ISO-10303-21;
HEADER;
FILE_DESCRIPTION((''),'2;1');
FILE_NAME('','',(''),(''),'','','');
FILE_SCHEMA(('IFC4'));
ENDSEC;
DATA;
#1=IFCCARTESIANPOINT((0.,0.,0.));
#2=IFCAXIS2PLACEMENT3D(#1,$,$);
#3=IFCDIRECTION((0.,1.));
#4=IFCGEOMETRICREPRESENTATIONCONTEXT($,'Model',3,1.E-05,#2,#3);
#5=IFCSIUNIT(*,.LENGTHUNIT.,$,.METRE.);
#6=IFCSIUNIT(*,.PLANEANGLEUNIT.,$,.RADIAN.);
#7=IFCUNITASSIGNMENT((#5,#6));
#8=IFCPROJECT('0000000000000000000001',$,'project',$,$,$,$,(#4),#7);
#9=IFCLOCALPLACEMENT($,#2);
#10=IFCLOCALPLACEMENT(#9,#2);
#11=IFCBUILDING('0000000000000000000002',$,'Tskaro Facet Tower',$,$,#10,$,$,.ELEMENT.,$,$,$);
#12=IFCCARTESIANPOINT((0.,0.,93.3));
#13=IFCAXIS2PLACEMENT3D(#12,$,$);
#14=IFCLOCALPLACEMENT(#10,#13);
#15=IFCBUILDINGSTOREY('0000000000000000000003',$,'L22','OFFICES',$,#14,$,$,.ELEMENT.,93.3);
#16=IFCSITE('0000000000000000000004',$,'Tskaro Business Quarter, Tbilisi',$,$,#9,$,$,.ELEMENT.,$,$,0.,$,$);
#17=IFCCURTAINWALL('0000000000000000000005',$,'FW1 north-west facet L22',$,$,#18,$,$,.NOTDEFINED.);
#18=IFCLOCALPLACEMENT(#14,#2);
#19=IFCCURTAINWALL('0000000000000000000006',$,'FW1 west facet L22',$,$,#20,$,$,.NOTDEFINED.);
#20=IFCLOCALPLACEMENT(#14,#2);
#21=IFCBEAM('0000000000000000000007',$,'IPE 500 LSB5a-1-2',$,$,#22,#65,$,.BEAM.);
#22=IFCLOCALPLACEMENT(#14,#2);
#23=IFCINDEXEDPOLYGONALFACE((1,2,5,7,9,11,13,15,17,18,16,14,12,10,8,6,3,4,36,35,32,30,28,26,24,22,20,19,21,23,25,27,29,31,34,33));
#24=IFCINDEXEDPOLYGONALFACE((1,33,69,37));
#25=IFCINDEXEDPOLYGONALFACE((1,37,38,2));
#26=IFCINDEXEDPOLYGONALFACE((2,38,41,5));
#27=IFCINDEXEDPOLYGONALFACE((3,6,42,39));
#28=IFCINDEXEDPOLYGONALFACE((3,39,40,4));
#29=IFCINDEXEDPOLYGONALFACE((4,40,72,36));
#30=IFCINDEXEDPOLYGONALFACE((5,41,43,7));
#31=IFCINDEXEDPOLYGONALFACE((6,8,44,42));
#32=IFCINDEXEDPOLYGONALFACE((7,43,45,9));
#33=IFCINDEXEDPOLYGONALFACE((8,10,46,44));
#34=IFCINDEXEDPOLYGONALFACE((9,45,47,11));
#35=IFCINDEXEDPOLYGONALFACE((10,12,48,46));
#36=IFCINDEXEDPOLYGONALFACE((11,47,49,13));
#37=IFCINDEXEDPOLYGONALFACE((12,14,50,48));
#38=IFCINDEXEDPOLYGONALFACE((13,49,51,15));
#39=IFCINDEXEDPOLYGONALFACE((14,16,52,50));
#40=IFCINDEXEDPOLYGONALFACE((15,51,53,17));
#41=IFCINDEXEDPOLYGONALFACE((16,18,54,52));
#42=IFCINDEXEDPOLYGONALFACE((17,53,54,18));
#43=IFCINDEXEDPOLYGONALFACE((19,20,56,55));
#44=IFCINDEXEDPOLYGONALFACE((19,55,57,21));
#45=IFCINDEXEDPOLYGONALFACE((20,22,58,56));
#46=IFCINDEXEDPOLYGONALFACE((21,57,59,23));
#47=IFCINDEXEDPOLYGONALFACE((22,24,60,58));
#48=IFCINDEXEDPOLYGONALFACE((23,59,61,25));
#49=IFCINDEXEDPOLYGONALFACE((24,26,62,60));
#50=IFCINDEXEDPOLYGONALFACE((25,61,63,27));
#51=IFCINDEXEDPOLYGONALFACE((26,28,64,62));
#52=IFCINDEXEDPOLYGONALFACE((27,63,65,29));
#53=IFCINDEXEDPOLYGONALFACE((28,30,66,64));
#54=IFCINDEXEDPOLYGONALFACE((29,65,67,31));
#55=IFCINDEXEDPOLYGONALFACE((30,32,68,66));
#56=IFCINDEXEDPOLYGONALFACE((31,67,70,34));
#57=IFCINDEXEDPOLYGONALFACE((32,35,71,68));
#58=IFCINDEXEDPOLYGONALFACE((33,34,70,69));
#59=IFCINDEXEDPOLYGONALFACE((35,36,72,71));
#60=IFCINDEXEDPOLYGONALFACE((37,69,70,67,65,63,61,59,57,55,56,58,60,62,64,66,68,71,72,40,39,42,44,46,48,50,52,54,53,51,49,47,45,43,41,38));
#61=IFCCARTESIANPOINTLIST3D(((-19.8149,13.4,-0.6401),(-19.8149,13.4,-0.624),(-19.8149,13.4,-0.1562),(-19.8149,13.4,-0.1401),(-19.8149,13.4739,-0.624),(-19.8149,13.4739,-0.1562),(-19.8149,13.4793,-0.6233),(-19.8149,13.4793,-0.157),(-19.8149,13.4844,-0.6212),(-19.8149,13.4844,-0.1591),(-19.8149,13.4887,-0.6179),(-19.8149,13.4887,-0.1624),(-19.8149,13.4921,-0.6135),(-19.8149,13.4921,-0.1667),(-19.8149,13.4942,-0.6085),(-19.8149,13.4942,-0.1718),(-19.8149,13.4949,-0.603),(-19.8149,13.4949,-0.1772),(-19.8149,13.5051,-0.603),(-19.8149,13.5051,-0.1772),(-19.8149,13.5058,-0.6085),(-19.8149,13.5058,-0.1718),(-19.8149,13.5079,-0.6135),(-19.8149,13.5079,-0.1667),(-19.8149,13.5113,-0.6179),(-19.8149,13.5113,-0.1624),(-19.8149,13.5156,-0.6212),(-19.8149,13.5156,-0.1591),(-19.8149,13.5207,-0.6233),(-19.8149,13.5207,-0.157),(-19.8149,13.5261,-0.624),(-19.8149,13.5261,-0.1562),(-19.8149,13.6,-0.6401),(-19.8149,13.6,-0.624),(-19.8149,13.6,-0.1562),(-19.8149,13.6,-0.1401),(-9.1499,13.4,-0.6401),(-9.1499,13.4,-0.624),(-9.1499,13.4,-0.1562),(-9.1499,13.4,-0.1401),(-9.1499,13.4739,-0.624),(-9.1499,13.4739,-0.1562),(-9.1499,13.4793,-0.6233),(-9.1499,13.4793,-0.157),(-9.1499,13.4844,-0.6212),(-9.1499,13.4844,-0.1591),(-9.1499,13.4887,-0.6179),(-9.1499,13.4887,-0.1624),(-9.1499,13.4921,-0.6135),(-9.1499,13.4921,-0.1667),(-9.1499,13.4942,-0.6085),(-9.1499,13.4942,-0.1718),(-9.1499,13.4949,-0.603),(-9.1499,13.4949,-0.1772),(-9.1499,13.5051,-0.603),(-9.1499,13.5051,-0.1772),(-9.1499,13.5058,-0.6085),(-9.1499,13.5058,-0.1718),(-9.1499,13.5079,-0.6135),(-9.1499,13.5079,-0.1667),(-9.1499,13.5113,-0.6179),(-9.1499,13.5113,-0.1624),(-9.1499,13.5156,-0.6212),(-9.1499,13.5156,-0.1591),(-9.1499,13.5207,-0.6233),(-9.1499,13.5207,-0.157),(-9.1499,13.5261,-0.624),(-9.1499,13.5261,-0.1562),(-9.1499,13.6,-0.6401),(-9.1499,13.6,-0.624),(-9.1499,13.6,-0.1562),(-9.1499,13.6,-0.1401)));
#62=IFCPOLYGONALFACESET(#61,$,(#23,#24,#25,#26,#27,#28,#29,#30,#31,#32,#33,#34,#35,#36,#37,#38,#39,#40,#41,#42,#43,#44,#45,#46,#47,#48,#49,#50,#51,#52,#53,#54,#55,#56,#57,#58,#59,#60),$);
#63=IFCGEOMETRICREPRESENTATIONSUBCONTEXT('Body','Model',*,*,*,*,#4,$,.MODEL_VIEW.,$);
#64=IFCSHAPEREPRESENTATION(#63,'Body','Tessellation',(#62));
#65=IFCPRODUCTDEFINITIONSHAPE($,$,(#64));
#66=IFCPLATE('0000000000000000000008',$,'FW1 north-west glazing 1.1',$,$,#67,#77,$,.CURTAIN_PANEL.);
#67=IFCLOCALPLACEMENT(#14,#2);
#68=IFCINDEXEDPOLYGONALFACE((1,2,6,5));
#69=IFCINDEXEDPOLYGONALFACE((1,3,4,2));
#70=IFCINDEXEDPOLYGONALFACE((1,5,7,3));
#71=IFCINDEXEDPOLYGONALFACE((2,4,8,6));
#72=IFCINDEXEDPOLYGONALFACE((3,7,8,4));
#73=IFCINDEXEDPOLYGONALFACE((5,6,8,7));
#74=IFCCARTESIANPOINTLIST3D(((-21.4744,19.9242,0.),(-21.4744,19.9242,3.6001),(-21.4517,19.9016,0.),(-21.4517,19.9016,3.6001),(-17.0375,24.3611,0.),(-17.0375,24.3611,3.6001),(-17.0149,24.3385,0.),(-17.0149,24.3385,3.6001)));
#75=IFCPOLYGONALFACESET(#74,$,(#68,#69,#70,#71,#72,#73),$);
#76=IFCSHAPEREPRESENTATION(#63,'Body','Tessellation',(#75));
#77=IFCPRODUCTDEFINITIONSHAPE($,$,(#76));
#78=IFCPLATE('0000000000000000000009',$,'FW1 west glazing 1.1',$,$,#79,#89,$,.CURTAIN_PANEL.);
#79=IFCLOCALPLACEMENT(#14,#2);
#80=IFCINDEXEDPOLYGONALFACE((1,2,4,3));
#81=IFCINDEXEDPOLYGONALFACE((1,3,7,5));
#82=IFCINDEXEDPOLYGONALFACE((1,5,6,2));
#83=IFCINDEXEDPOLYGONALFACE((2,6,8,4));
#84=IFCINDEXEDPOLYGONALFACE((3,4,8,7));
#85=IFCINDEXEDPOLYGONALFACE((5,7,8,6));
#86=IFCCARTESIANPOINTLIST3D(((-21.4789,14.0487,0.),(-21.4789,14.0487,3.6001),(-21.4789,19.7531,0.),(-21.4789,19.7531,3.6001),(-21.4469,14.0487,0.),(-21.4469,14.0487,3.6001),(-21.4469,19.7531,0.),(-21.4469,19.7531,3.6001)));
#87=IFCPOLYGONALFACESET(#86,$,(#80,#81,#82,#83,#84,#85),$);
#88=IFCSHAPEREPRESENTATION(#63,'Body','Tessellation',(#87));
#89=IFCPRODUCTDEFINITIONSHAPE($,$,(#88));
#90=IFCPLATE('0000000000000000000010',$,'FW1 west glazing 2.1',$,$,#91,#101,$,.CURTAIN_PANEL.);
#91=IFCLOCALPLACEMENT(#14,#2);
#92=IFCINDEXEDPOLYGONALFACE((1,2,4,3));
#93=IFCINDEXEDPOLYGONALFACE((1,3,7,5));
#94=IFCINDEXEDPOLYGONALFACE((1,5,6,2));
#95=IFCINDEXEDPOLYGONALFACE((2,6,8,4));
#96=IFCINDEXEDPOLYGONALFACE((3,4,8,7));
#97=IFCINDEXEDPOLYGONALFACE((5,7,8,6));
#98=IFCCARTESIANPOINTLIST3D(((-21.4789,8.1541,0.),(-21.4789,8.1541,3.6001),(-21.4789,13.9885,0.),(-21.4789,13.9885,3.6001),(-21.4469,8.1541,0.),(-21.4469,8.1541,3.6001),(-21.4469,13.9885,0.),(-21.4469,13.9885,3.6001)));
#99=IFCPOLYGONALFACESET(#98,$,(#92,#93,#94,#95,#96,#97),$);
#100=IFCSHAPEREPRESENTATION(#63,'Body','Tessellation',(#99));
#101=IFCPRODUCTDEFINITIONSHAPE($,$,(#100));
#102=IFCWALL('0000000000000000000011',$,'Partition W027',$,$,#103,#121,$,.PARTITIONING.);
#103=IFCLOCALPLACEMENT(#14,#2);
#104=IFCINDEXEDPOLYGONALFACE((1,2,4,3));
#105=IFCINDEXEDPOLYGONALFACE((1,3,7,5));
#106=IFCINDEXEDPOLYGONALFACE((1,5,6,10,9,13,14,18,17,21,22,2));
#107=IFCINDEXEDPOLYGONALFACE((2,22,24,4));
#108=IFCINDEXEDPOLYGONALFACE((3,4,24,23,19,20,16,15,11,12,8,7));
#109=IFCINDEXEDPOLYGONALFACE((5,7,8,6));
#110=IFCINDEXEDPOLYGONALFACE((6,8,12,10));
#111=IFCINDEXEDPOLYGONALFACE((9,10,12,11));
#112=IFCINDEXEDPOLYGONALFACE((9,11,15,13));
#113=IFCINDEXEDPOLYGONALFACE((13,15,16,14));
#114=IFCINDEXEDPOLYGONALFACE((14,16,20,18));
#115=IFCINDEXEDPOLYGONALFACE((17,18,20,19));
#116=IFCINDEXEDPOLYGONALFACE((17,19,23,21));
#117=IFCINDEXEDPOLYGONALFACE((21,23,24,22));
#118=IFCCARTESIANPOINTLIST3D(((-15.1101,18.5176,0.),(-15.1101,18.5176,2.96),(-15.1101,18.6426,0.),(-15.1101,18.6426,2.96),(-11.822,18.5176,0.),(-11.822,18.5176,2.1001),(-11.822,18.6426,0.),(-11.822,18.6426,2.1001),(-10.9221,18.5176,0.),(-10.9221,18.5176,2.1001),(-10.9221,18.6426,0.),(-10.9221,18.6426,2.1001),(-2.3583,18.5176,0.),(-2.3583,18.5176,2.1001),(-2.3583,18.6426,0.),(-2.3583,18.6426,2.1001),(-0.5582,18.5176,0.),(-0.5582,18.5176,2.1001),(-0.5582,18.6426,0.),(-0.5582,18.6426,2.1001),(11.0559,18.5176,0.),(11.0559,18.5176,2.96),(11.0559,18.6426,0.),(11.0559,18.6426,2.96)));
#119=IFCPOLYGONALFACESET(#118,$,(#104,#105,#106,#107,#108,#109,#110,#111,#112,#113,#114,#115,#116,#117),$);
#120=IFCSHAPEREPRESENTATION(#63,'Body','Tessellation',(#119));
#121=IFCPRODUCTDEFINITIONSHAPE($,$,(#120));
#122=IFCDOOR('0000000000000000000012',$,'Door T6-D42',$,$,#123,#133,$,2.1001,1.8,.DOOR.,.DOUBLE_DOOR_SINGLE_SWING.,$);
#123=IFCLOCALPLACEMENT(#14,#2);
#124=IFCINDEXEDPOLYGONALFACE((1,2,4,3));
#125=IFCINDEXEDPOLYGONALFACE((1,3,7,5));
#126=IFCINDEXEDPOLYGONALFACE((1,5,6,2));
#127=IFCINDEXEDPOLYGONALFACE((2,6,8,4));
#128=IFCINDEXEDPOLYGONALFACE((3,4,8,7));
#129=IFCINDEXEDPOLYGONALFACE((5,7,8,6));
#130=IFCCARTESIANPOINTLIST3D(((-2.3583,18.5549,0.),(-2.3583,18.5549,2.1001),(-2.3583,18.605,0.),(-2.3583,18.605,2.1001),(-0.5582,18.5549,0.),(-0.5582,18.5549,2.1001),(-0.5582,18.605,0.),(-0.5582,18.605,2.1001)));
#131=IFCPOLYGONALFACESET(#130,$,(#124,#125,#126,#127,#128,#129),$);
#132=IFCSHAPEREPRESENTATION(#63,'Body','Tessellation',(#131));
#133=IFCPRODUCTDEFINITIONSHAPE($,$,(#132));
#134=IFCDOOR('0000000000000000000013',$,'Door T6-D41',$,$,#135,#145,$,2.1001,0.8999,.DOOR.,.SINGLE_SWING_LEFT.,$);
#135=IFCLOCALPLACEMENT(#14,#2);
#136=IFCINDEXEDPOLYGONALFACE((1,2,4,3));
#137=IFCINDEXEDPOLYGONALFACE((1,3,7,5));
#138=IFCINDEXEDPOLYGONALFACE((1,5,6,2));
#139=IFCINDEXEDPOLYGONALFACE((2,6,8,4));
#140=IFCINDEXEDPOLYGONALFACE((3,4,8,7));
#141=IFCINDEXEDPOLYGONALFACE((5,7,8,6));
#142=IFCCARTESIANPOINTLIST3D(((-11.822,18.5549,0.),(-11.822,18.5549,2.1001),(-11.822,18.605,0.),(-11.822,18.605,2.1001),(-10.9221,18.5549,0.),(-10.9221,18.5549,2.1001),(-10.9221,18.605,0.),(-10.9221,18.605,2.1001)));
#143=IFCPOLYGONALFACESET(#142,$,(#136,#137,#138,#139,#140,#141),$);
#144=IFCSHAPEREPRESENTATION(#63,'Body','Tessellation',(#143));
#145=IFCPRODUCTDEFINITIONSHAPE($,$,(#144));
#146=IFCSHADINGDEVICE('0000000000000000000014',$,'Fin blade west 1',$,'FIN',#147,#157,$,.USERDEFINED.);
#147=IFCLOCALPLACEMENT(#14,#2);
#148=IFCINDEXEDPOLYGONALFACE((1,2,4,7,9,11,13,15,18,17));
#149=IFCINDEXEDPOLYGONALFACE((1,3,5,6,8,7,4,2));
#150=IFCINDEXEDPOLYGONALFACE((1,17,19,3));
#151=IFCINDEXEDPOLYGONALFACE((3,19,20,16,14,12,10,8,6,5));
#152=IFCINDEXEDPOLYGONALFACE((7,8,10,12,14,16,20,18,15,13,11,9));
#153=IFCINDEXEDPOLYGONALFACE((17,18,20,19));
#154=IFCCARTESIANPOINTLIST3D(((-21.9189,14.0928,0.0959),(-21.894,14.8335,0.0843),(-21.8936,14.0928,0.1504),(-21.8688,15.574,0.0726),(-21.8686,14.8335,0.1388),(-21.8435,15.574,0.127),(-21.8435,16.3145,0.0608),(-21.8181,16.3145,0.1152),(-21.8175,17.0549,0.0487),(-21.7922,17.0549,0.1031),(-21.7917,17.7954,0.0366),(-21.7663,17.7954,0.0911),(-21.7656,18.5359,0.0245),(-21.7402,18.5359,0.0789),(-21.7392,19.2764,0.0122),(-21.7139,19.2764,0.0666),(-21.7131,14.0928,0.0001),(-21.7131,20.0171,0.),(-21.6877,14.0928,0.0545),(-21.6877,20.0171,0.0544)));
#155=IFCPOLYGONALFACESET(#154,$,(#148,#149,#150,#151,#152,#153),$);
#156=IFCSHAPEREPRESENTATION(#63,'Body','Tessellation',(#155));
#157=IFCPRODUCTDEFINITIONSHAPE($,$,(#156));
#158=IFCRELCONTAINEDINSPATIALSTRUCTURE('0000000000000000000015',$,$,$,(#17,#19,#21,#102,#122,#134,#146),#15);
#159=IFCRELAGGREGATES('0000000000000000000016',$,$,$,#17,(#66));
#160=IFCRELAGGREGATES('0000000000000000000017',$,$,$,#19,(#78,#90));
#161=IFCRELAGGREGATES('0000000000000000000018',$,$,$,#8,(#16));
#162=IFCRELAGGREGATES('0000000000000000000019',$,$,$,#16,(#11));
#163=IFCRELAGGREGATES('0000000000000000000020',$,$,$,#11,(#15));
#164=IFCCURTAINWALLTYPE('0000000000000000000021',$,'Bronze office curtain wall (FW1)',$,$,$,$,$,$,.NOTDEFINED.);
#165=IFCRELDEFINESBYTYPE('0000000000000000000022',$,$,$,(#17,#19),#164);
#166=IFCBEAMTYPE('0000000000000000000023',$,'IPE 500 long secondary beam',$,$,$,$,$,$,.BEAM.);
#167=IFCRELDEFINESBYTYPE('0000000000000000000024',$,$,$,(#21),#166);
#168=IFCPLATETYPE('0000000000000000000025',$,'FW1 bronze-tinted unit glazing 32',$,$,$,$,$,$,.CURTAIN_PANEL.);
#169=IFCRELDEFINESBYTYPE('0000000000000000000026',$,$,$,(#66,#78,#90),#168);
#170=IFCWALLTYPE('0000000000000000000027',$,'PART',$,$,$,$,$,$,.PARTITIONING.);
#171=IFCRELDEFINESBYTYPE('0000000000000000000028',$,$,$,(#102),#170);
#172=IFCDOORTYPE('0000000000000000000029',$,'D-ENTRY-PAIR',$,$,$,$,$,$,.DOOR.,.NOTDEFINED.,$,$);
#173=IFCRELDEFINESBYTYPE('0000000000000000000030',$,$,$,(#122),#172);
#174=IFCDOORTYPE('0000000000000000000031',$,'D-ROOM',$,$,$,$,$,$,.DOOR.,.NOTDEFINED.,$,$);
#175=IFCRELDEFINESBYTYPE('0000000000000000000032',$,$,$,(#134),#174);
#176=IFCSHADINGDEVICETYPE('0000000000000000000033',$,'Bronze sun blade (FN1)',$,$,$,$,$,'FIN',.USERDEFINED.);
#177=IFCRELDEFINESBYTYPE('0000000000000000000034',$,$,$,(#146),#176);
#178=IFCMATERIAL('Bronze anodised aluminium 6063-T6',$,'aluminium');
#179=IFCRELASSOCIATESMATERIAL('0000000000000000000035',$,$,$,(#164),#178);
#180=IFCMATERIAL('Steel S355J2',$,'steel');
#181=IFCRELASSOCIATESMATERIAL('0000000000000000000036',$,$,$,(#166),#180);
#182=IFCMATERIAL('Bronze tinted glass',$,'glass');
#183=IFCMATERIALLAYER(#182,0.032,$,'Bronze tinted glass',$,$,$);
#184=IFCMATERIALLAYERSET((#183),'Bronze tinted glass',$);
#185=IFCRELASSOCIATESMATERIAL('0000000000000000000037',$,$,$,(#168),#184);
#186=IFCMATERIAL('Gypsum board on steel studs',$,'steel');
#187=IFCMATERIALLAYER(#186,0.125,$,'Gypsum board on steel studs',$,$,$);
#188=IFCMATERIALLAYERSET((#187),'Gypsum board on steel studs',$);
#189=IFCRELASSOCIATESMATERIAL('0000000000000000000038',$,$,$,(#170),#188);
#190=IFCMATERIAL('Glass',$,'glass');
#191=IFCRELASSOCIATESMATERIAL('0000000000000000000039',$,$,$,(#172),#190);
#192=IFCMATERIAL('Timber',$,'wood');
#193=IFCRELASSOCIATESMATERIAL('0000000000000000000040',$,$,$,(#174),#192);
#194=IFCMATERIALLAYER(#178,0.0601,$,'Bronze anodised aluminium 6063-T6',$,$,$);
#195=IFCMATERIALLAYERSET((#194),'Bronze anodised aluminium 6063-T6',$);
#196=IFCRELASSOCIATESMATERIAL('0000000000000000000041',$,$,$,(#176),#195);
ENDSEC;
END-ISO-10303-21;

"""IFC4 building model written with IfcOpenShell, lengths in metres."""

from ifc_helpers import new_model, si_unit, direction, frame, frame_2d, origin, origin_2d, place, context, subcontext, project, spatial, polyline, rectangle, i_section, outline, extrude, material, layer, layer_set, material_profile, profile_set, type_object, element, fill, aggregate, save


model = new_model("IFC4")

# Units and contexts
model_context = context("Model", 3, precision=1e-05, world=origin(), true_north=direction((0.0, 1.0)))
body_context = subcontext(model_context, "Body", "Model", "MODEL_VIEW")
ifc_project = project(units=[si_unit("LENGTHUNIT", "METRE"), si_unit("PLANEANGLEUNIT", "RADIAN")], contexts=[model_context])

# Site, building, storey
site_placement = place(None, origin())
site = spatial("IfcSite", under=ifc_project, at=site_placement, Name="Tskaro Business Quarter, Tbilisi", CompositionType="ELEMENT", RefElevation=0.0)
building_placement = place(site_placement, origin())
building = spatial("IfcBuilding", under=site, at=building_placement, Name="Tskaro Facet Tower", CompositionType="ELEMENT")
storey_placement = place(building_placement, frame((0.0, 0.0, 93.3)))
storey = spatial("IfcBuildingStorey", under=building, at=storey_placement, Name="L22", Description="OFFICES", CompositionType="ELEMENT", Elevation=93.3)

# Curtain wall
ifc_material_1 = material(Name="Bronze anodised aluminium 6063-T6", Category="aluminium")
curtain_wall_type = type_object("IfcCurtainWallType", Name="Bronze office curtain wall (FW1)", PredefinedType="NOTDEFINED", material=ifc_material_1)
curtain_wall_1_placement = place(storey_placement, origin())
curtain_wall_1 = element("IfcCurtainWall", 1, at=curtain_wall_1_placement, inside=storey, type_object=curtain_wall_type, Name="FW1 north-west facet L22", PredefinedType="NOTDEFINED")

# Curtain wall
curtain_wall_2_placement = place(storey_placement, origin())
curtain_wall_2 = element("IfcCurtainWall", 2, at=curtain_wall_2_placement, inside=storey, type_object=curtain_wall_type, Name="FW1 west facet L22", PredefinedType="NOTDEFINED")

# Beam
ifc_material_2 = material(Name="Steel S355J2", Category="steel")
ifc_material_profile_1 = material_profile(ifc_material_2, i_section(OverallWidth=0.2, OverallDepth=0.5, WebThickness=0.0103, FlangeThickness=0.0161, FilletRadius=0.021, at=origin_2d()), Name="IPE 500")
ifc_profile_set_1 = profile_set([ifc_material_profile_1], Name="Steel S355J2")
beam_type_1 = type_object("IfcBeamType", Name="IPE 500 long secondary beam", PredefinedType="BEAM", material=ifc_profile_set_1)
beam_1_placement = place(storey_placement, frame((-19.8149, 13.5, -0.3901), z_axis=(1.0, 0.0, 0.0), x_axis=(0.0, 1.0, 0.0)))
element("IfcBeam", 3, at=beam_1_placement, inside=storey, type_object=beam_type_1, Name="IPE 500 LSB5a-1-2", PredefinedType="BEAM", context=body_context, shape_type="SweptSolid", body=[
    extrude(i_section(OverallWidth=0.2, OverallDepth=0.5, WebThickness=0.0103, FlangeThickness=0.0161, FilletRadius=0.021, at=origin_2d()), origin(), (0.0, 0.0, 1.0), 10.665),
])

# Plates
ifc_material_3 = material(Name="Bronze tinted glass", Category="glass")
ifc_layer_1 = layer(ifc_material_3, 0.032, Name="Bronze tinted glass")
ifc_layer_set_1 = layer_set([ifc_layer_1], Name="Bronze tinted glass")
plate_type = type_object("IfcPlateType", Name="FW1 bronze-tinted unit glazing 32", PredefinedType="CURTAIN_PANEL", material=ifc_layer_set_1)
plate_1_placement = place(storey_placement, frame((-19.2446, 22.1313, 0.0), z_axis=(0.0, 0.0, 1.0), x_axis=(-0.707107, -0.707107, 0.0)))
plate_1 = element("IfcPlate", 4, at=plate_1_placement, type_object=plate_type, Name="FW1 north-west glazing 1.1", PredefinedType="CURTAIN_PANEL", context=body_context, shape_type="SweptSolid", body=[
    extrude(rectangle(XDim=6.2747, YDim=0.032, at=origin_2d()), origin(), (0.0, 0.0, 1.0), 3.6001),
])
aggregate(curtain_wall_1, [plate_1])
plate_2_placement = place(storey_placement, frame((-21.4629, 16.9009, 0.0), z_axis=(0.0, 0.0, 1.0), x_axis=(0.0, -1.0, 0.0)))
plate_2 = element("IfcPlate", 5, at=plate_2_placement, type_object=plate_type, Name="FW1 west glazing 1.1", PredefinedType="CURTAIN_PANEL", context=body_context, shape_type="SweptSolid", body=[
    extrude(rectangle(XDim=5.7043, YDim=0.032, at=origin_2d()), origin(), (0.0, 0.0, 1.0), 3.6001),
])
plate_3_placement = place(storey_placement, frame((-21.4629, 11.0713, 0.0), z_axis=(0.0, 0.0, 1.0), x_axis=(0.0, -1.0, 0.0)))
plate_3 = element("IfcPlate", 6, at=plate_3_placement, type_object=plate_type, Name="FW1 west glazing 2.1", PredefinedType="CURTAIN_PANEL", context=body_context, shape_type="SweptSolid", body=[
    extrude(rectangle(XDim=5.8345, YDim=0.032, at=origin_2d()), origin(), (0.0, 0.0, 1.0), 3.6001),
])
aggregate(curtain_wall_2, [plate_2, plate_3])

# Wall, openings, doors
ifc_material_4 = material(Name="Gypsum board on steel studs", Category="steel")
ifc_layer_2 = layer(ifc_material_4, 0.125, Name="Gypsum board on steel studs")
ifc_layer_set_2 = layer_set([ifc_layer_2], Name="Gypsum board on steel studs")
wall_type = type_object("IfcWallType", Name="PART", PredefinedType="PARTITIONING", material=ifc_layer_set_2)
wall_placement = place(storey_placement, frame((-15.1101, 18.5801, 0.0), z_axis=(0.0, 0.0, 1.0), x_axis=(1.0, 0.0, 0.0)))
wall = element("IfcWall", 7, at=wall_placement, inside=storey, type_object=wall_type, Name="Partition W027", PredefinedType="PARTITIONING", context=body_context, shape_type="SweptSolid", body=[
    extrude(rectangle(XDim=26.166, YDim=0.125, at=frame_2d((13.083, 0.0))), origin(), (0.0, 0.0, 1.0), 2.96),
])
opening_1_placement = place(wall_placement, frame((12.752, 0.0, 0.0)))
opening_1 = element("IfcOpeningElement", 8, at=opening_1_placement, cuts=wall, PredefinedType="OPENING", context=body_context, shape_type="SweptSolid", body=[
    extrude(rectangle(XDim=1.8, YDim=2.1001, at=frame_2d((0.8999, 1.05))), frame((0.0, 0.0725, 0.0), z_axis=(0.0, -1.0, 0.0), x_axis=(1.0, 0.0, 0.0)), (0.0, 0.0, 1.0), 0.145),
])
opening_2_placement = place(wall_placement, frame((3.2881, 0.0, 0.0)))
opening_2 = element("IfcOpeningElement", 9, at=opening_2_placement, cuts=wall, PredefinedType="OPENING", context=body_context, shape_type="SweptSolid", body=[
    extrude(rectangle(XDim=0.8999, YDim=2.1001, at=frame_2d((0.45, 1.05))), frame((0.0, 0.0725, 0.0), z_axis=(0.0, -1.0, 0.0), x_axis=(1.0, 0.0, 0.0)), (0.0, 0.0, 1.0), 0.145),
])
ifc_material_5 = material(Name="Glass", Category="glass")
door_type_1 = type_object("IfcDoorType", Name="D-ENTRY-PAIR", OperationType="NOTDEFINED", PredefinedType="DOOR", material=ifc_material_5)
door_1_placement = place(opening_1_placement, origin())
door_1 = element("IfcDoor", 10, at=door_1_placement, inside=storey, type_object=door_type_1, Name="Door T6-D42", OperationType="DOUBLE_DOOR_SINGLE_SWING", OverallHeight=2.1001, OverallWidth=1.8, PredefinedType="DOOR", context=body_context, shape_type="SweptSolid", body=[
    extrude(rectangle(XDim=1.8, YDim=2.1001, at=frame_2d((0.8999, 1.05))), frame((0.0, 0.0249, 0.0), z_axis=(0.0, -1.0, 0.0), x_axis=(1.0, 0.0, 0.0)), (0.0, 0.0, 1.0), 0.05),
])
fill(opening_1, door_1)
ifc_material_6 = material(Name="Timber", Category="wood")
door_type_2 = type_object("IfcDoorType", Name="D-ROOM", OperationType="NOTDEFINED", PredefinedType="DOOR", material=ifc_material_6)
door_2_placement = place(opening_2_placement, origin())
door_2 = element("IfcDoor", 11, at=door_2_placement, inside=storey, type_object=door_type_2, Name="Door T6-D41", OperationType="SINGLE_SWING_LEFT", OverallHeight=2.1001, OverallWidth=0.8999, PredefinedType="DOOR", context=body_context, shape_type="SweptSolid", body=[
    extrude(rectangle(XDim=0.8999, YDim=2.1001, at=frame_2d((0.45, 1.05))), frame((0.0, 0.0249, 0.0), z_axis=(0.0, -1.0, 0.0), x_axis=(1.0, 0.0, 0.0)), (0.0, 0.0, 1.0), 0.05),
])
fill(opening_2, door_2)

# Shading device
ifc_layer_3 = layer(ifc_material_1, 0.0601, Name="Bronze anodised aluminium 6063-T6")
ifc_layer_set_3 = layer_set([ifc_layer_3], Name="Bronze anodised aluminium 6063-T6")
shading_device_type = type_object("IfcShadingDeviceType", Name="Bronze sun blade (FN1)", ElementType="FIN", PredefinedType="USERDEFINED", material=ifc_layer_set_3)
shading_device_1_placement = place(storey_placement, frame((-21.6877, 20.0171, 0.0544), z_axis=(0.422186, 0.000015, 0.906509), x_axis=(0.000006, -1.0, 0.000013)))
element("IfcShadingDevice", 12, at=shading_device_1_placement, inside=storey, type_object=shading_device_type, Name="Fin blade west 1", ObjectType="FIN", PredefinedType="USERDEFINED", context=body_context, shape_type="SweptSolid", body=[
    extrude(outline(polyline([(0.0, 0.0), (5.9243, 0.0), (5.9243, -0.2271), (5.1836, -0.1996), (4.4431, -0.1718), (3.7026, -0.1438), (2.9622, -0.1152), (2.2217, -0.0867), (1.4812, -0.0579), (0.7407, -0.0288), (0.0, 0.0)])), origin(), (0.0, 0.0, -1.0), 0.0601),
])

save(model, "model.ifc")
